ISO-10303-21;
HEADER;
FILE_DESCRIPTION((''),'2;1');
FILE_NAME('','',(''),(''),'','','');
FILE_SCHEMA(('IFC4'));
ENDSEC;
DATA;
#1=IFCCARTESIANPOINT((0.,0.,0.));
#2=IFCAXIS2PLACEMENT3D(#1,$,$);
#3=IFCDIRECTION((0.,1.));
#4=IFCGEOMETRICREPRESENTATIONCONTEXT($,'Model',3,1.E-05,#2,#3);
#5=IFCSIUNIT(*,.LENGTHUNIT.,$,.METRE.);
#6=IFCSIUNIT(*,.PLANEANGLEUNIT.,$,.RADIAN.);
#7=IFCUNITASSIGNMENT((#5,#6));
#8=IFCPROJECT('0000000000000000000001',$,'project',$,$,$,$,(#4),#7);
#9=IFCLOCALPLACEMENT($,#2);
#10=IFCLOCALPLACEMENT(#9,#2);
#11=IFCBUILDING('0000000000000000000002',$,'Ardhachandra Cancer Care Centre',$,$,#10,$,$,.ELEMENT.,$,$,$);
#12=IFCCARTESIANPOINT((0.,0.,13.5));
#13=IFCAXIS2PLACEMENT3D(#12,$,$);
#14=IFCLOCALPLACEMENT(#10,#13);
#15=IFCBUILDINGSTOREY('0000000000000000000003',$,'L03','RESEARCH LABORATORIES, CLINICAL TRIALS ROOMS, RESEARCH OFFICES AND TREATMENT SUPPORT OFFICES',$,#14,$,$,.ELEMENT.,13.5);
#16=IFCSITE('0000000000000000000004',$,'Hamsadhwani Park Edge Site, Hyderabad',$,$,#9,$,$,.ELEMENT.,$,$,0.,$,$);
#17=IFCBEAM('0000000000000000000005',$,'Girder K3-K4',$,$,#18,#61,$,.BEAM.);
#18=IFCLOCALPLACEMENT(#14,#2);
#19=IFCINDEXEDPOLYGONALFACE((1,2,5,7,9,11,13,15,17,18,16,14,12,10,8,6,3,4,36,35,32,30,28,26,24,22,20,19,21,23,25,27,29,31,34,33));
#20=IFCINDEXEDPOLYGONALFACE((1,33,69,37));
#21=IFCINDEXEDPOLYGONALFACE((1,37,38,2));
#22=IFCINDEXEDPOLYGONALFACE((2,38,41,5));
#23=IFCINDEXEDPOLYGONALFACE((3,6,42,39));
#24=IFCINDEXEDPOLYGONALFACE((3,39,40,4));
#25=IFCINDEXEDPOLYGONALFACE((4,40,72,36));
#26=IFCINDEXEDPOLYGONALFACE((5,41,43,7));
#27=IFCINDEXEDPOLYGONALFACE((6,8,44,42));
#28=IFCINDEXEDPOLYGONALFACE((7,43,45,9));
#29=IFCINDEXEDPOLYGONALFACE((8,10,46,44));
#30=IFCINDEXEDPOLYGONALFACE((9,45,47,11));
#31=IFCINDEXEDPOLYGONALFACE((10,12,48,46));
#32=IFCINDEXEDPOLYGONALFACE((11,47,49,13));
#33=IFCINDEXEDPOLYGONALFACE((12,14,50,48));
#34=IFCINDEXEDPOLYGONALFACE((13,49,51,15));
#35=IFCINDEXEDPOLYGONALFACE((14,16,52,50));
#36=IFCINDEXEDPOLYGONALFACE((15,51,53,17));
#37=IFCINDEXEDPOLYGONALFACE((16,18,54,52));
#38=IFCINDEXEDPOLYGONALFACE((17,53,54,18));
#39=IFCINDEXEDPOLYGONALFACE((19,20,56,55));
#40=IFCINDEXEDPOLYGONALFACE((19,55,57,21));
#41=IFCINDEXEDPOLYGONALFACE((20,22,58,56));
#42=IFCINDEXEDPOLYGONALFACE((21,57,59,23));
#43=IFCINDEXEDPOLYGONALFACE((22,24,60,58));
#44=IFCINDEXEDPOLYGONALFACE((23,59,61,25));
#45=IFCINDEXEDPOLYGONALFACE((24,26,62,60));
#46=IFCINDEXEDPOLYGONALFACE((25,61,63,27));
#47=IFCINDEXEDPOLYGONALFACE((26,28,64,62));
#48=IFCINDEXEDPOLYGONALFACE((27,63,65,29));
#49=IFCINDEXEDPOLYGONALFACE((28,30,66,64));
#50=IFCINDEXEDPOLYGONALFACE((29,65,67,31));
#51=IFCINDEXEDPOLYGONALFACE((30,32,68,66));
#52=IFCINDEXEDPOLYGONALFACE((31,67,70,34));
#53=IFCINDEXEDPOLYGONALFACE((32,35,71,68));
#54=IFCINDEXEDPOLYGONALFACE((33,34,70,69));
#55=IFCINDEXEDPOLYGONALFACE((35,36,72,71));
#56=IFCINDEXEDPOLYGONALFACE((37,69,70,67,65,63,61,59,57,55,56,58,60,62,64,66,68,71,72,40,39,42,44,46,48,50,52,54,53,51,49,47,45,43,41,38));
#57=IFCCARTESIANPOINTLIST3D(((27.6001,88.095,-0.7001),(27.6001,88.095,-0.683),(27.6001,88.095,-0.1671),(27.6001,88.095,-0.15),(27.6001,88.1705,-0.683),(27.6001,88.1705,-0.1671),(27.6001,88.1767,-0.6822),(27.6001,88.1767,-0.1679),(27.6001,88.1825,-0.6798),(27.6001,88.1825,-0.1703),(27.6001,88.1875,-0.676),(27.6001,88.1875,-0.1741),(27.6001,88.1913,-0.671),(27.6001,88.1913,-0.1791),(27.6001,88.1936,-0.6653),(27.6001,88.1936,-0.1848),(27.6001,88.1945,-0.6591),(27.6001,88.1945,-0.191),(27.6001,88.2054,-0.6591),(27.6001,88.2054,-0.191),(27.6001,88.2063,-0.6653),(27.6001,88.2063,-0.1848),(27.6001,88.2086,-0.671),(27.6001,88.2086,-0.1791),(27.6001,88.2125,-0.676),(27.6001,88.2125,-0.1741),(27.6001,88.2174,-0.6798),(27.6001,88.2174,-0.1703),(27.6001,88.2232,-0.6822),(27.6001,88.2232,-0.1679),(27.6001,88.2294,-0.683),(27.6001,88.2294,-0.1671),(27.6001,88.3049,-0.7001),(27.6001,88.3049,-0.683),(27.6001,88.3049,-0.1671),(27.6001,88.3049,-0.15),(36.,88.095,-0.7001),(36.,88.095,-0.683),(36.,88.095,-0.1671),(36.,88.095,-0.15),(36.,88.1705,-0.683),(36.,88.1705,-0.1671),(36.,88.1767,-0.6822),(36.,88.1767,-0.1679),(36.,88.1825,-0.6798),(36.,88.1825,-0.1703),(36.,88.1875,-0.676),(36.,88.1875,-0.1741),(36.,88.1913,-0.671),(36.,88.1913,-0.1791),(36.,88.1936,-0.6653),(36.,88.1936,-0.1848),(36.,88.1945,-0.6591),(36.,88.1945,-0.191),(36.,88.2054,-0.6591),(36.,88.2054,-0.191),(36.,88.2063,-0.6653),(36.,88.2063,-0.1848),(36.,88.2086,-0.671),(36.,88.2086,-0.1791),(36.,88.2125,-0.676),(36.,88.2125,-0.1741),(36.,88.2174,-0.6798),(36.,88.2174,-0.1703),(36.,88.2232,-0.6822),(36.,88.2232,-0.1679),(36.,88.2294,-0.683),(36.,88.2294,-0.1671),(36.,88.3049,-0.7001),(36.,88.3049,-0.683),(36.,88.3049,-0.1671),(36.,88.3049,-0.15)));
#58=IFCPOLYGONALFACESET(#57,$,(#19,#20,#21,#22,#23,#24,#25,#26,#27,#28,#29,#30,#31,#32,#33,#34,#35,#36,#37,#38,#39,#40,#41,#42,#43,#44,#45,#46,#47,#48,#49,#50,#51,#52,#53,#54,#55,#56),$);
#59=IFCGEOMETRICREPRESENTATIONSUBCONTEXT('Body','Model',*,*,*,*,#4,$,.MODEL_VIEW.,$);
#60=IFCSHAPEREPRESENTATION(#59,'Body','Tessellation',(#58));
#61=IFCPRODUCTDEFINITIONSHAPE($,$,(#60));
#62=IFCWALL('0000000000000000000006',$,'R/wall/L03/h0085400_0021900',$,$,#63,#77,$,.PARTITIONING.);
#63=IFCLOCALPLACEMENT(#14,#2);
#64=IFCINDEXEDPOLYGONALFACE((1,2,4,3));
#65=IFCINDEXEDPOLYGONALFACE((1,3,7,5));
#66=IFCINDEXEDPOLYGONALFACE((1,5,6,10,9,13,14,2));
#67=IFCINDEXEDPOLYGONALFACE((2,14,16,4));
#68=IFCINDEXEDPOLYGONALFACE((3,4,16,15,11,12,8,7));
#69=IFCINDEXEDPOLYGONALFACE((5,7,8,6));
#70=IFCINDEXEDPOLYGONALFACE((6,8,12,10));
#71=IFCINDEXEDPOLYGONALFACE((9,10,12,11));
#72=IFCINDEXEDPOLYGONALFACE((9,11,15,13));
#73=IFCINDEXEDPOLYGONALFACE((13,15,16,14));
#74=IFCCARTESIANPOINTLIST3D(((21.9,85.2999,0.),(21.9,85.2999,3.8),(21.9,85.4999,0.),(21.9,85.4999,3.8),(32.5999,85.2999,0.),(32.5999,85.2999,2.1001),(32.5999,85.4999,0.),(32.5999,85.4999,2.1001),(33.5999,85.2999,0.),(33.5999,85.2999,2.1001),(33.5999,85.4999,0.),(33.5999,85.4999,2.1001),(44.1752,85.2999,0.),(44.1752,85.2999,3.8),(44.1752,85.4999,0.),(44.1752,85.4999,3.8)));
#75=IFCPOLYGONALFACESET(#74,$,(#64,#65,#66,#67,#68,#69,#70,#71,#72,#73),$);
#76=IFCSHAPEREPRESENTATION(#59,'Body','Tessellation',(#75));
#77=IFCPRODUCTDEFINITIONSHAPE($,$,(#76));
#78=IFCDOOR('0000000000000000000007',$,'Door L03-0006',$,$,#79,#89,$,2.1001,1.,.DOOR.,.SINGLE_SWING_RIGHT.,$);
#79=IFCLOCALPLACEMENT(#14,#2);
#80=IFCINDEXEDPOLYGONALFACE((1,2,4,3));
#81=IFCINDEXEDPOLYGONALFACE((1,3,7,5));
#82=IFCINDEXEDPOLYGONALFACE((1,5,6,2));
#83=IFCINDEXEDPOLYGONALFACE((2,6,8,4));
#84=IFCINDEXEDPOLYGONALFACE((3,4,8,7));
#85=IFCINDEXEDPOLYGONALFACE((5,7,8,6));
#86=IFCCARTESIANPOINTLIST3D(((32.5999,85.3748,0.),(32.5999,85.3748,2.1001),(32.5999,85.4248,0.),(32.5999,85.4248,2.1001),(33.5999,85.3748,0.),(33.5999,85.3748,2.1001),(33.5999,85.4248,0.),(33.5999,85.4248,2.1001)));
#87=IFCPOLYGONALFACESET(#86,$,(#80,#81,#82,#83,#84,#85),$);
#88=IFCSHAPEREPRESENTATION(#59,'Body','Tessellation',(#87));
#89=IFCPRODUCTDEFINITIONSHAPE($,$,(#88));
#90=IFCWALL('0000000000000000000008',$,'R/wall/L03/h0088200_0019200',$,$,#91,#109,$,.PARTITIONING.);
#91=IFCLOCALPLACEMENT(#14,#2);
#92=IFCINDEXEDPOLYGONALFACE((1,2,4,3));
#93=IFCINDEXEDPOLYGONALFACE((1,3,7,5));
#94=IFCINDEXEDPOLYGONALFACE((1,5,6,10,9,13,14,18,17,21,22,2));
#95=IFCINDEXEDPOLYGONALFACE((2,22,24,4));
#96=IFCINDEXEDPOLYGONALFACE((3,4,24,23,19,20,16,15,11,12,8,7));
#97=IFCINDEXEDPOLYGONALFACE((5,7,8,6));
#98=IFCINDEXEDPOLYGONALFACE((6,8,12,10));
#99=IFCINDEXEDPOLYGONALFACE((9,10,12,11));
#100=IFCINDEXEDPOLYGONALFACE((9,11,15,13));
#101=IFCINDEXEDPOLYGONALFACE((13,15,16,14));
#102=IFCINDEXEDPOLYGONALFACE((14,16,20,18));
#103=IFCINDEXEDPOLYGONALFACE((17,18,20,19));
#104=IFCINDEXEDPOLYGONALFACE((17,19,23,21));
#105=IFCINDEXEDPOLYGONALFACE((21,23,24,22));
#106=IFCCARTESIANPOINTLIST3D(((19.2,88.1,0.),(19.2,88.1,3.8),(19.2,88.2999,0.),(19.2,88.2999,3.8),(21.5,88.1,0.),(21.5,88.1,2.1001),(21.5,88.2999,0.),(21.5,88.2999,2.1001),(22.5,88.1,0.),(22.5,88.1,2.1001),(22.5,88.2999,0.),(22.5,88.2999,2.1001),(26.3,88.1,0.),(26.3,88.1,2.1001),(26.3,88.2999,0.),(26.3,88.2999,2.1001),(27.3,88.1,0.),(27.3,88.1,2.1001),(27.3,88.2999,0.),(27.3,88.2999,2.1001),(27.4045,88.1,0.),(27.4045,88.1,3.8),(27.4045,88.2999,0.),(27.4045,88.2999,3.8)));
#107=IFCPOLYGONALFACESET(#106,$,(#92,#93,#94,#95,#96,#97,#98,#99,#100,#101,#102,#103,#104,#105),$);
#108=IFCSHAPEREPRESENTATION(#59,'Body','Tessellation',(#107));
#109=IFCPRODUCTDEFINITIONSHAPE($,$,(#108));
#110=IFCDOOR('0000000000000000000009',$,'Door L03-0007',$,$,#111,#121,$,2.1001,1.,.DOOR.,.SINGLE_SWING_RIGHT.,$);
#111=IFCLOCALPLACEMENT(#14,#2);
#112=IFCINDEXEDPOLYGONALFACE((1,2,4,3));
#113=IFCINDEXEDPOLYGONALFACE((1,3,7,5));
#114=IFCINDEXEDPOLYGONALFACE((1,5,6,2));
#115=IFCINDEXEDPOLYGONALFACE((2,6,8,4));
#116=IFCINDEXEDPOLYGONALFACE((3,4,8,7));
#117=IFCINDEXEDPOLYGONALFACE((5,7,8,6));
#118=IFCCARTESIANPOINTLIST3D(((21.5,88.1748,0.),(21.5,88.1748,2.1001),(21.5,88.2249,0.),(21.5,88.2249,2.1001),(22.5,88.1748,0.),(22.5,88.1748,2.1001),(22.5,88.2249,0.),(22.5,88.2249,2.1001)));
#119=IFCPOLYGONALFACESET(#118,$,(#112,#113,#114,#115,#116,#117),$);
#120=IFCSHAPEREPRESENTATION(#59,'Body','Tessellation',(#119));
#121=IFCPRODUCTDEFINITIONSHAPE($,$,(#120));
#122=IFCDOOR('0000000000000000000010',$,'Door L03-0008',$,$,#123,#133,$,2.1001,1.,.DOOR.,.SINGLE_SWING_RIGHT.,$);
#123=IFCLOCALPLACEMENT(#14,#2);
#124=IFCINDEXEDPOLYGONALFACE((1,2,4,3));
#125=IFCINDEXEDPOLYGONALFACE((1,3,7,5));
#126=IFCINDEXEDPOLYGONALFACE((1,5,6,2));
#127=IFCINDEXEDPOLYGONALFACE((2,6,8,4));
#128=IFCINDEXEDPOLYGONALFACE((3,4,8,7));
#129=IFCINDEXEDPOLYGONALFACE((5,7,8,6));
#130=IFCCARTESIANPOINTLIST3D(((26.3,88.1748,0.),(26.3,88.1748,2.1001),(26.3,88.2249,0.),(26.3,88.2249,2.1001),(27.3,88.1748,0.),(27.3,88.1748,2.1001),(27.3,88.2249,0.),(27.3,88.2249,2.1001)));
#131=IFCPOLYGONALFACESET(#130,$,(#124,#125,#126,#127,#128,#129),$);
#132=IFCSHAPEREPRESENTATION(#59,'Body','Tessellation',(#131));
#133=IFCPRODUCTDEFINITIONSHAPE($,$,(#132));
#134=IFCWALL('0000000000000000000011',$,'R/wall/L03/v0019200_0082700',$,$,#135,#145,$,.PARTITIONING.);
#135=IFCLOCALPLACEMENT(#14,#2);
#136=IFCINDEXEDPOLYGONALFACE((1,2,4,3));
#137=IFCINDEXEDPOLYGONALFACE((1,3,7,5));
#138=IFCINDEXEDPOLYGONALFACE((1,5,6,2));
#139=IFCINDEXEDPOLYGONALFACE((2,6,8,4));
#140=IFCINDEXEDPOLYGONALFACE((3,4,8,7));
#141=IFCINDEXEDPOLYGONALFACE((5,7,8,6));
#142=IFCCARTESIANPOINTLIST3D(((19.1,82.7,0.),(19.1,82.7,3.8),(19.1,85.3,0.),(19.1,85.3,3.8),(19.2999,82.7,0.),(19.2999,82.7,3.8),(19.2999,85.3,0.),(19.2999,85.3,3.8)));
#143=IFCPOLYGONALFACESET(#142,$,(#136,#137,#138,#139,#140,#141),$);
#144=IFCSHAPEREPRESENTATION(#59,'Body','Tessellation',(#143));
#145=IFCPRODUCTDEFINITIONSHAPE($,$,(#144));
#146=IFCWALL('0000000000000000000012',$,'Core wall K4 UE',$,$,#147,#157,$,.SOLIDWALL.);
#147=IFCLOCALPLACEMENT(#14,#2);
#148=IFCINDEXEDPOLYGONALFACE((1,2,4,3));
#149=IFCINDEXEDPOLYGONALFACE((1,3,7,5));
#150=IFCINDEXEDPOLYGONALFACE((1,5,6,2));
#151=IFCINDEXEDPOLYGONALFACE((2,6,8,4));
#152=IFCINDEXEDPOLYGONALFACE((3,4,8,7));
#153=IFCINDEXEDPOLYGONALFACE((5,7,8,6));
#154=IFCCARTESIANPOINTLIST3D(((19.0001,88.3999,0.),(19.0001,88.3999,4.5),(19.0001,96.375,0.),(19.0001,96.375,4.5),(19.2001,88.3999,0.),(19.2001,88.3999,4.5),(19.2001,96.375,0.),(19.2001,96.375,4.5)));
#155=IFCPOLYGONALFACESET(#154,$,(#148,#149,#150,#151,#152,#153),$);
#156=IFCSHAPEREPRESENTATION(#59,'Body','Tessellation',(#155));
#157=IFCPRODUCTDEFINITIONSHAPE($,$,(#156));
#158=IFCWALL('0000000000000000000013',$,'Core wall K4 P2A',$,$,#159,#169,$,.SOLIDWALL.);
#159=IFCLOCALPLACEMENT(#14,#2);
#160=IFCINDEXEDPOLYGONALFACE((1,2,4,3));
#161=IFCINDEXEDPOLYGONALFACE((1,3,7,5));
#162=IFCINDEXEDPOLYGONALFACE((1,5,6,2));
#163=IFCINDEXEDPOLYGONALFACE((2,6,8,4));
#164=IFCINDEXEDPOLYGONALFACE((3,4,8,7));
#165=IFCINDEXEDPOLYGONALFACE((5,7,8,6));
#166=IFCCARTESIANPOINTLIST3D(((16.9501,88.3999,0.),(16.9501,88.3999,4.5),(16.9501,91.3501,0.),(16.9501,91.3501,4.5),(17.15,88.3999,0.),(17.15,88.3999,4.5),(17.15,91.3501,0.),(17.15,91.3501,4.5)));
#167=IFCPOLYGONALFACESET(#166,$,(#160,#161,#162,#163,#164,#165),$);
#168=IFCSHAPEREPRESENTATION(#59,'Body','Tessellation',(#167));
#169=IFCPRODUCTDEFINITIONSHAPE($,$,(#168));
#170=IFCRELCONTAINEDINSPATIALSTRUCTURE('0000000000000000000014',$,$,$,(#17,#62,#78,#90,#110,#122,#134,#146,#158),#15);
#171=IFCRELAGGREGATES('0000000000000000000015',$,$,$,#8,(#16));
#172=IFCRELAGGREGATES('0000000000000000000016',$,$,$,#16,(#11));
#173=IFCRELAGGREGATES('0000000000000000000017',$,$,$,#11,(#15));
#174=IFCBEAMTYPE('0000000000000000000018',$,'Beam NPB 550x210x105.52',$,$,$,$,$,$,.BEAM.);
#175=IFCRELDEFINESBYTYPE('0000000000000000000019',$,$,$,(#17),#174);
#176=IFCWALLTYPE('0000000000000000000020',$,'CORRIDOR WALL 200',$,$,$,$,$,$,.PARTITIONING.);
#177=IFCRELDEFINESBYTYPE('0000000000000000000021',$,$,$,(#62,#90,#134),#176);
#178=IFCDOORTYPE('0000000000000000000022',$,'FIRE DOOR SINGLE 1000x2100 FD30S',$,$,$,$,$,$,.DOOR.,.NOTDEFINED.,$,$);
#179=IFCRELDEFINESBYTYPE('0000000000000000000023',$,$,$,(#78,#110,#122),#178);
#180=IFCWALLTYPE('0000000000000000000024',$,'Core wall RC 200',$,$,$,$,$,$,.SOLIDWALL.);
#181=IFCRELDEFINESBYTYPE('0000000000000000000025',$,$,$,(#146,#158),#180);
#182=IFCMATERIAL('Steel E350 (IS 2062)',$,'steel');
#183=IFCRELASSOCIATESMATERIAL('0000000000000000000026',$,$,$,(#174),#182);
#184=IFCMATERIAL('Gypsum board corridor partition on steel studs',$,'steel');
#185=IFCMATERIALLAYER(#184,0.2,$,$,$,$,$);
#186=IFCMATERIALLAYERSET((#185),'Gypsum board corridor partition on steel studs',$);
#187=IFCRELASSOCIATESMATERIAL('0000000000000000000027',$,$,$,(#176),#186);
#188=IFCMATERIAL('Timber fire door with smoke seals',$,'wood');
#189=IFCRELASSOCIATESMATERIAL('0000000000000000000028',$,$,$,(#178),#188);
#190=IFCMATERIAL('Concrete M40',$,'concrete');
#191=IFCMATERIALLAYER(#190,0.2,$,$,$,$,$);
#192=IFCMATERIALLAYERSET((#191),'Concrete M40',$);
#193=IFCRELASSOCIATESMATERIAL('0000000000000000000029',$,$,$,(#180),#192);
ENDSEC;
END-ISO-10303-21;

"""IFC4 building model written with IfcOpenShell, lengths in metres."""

from ifc_helpers import new_model, si_unit, direction, frame, frame_2d, origin, origin_2d, place, context, subcontext, project, spatial, rectangle, i_section, extrude, material, layer, layer_set, material_profile, profile_set, type_object, element, fill, save


model = new_model("IFC4")

# Units and contexts
model_context = context("Model", 3, precision=1e-05, world=origin(), true_north=direction((0.0, 1.0)))
body_context = subcontext(model_context, "Body", "Model", "MODEL_VIEW")
ifc_project = project(units=[si_unit("LENGTHUNIT", "METRE"), si_unit("PLANEANGLEUNIT", "RADIAN")], contexts=[model_context])

# Site, building, storey
site_placement = place(None, origin())
site = spatial("IfcSite", under=ifc_project, at=site_placement, Name="Hamsadhwani Park Edge Site, Hyderabad", CompositionType="ELEMENT", RefElevation=0.0)
building_placement = place(site_placement, origin())
building = spatial("IfcBuilding", under=site, at=building_placement, Name="Ardhachandra Cancer Care Centre", CompositionType="ELEMENT")
storey_placement = place(building_placement, frame((0.0, 0.0, 13.5)))
storey = spatial("IfcBuildingStorey", under=building, at=storey_placement, Name="L03", Description="RESEARCH LABORATORIES, CLINICAL TRIALS ROOMS, RESEARCH OFFICES AND TREATMENT SUPPORT OFFICES", CompositionType="ELEMENT", Elevation=13.5)

# Beam
ifc_material_1 = material(Name="Steel E350 (IS 2062)", Category="steel")
ifc_material_profile_1 = material_profile(ifc_material_1, i_section(OverallWidth=0.21, OverallDepth=0.55, WebThickness=0.011, FlangeThickness=0.0171, FilletRadius=0.0239, at=origin_2d()), Name="NPB 550x210x105.52")
ifc_profile_set_1 = profile_set([ifc_material_profile_1], Name="Steel E350 (IS 2062)")
beam_type_1 = type_object("IfcBeamType", Name="Beam NPB 550x210x105.52", PredefinedType="BEAM", material=ifc_profile_set_1)
beam_1_placement = place(storey_placement, frame((27.6001, 88.2, -0.425), z_axis=(1.0, 0.0, 0.0), x_axis=(0.0, 1.0, 0.0)))
element("IfcBeam", 1, at=beam_1_placement, inside=storey, type_object=beam_type_1, Name="Girder K3-K4", PredefinedType="BEAM", context=body_context, shape_type="SweptSolid", body=[
    extrude(i_section(OverallWidth=0.21, OverallDepth=0.55, WebThickness=0.011, FlangeThickness=0.0171, FilletRadius=0.0239, at=origin_2d()), origin(), (0.0, 0.0, 1.0), 8.3999),
])

# Wall, opening, door
ifc_material_2 = material(Name="Gypsum board corridor partition on steel studs", Category="steel")
ifc_layer_1 = layer(ifc_material_2, 0.2)
ifc_layer_set_1 = layer_set([ifc_layer_1], Name="Gypsum board corridor partition on steel studs")
wall_type_1 = type_object("IfcWallType", Name="CORRIDOR WALL 200", PredefinedType="PARTITIONING", material=ifc_layer_set_1)
wall_1_placement = place(storey_placement, frame((21.8999, 85.3999, 0.0), z_axis=(0.0, 0.0, 1.0), x_axis=(1.0, 0.0, 0.0)))
wall_1 = element("IfcWall", 2, at=wall_1_placement, inside=storey, type_object=wall_type_1, Name="R/wall/L03/h0085400_0021900", PredefinedType="PARTITIONING", context=body_context, shape_type="SweptSolid", body=[
    extrude(rectangle(XDim=22.2751, YDim=0.2, at=frame_2d((11.1377, 0.0))), origin(), (0.0, 0.0, 1.0), 3.8),
])
opening_1_placement = place(wall_1_placement, frame((10.7, 0.0, 0.0)))
opening_1 = element("IfcOpeningElement", 3, at=opening_1_placement, cuts=wall_1, PredefinedType="OPENING", context=body_context, shape_type="SweptSolid", body=[
    extrude(rectangle(XDim=1.0, YDim=2.1001, at=frame_2d((0.5, 1.05))), frame((0.0, 0.1099, 0.0), z_axis=(0.0, -1.0, 0.0), x_axis=(1.0, 0.0, 0.0)), (0.0, 0.0, 1.0), 0.22),
])
ifc_material_3 = material(Name="Timber fire door with smoke seals", Category="wood")
door_type_1 = type_object("IfcDoorType", Name="FIRE DOOR SINGLE 1000x2100 FD30S", OperationType="NOTDEFINED", PredefinedType="DOOR", material=ifc_material_3)
door_1_placement = place(opening_1_placement, origin())
door_1 = element("IfcDoor", 4, at=door_1_placement, inside=storey, type_object=door_type_1, Name="Door L03-0006", OperationType="SINGLE_SWING_RIGHT", OverallHeight=2.1001, OverallWidth=1.0, PredefinedType="DOOR", context=body_context, shape_type="SweptSolid", body=[
    extrude(rectangle(XDim=1.0, YDim=2.1001, at=frame_2d((0.5, 1.05))), frame((0.0, 0.0249, 0.0), z_axis=(0.0, -1.0, 0.0), x_axis=(1.0, 0.0, 0.0)), (0.0, 0.0, 1.0), 0.05),
])
fill(opening_1, door_1)

# Wall, openings, doors
wall_2_placement = place(storey_placement, frame((19.2, 88.2, 0.0), z_axis=(0.0, 0.0, 1.0), x_axis=(1.0, 0.0, 0.0)))
wall_2 = element("IfcWall", 5, at=wall_2_placement, inside=storey, type_object=wall_type_1, Name="R/wall/L03/h0088200_0019200", PredefinedType="PARTITIONING", context=body_context, shape_type="SweptSolid", body=[
    extrude(rectangle(XDim=8.2046, YDim=0.2, at=frame_2d((4.1023, 0.0))), origin(), (0.0, 0.0, 1.0), 3.8),
])
opening_2_placement = place(wall_2_placement, frame((2.3, 0.0, 0.0)))
opening_2 = element("IfcOpeningElement", 6, at=opening_2_placement, cuts=wall_2, PredefinedType="OPENING", context=body_context, shape_type="SweptSolid", body=[
    extrude(rectangle(XDim=1.0, YDim=2.1001, at=frame_2d((0.5, 1.05))), frame((0.0, 0.1099, 0.0), z_axis=(0.0, -1.0, 0.0), x_axis=(1.0, 0.0, 0.0)), (0.0, 0.0, 1.0), 0.22),
])
opening_3_placement = place(wall_2_placement, frame((7.1001, 0.0, 0.0)))
opening_3 = element("IfcOpeningElement", 7, at=opening_3_placement, cuts=wall_2, PredefinedType="OPENING", context=body_context, shape_type="SweptSolid", body=[
    extrude(rectangle(XDim=1.0, YDim=2.1001, at=frame_2d((0.5, 1.05))), frame((0.0, 0.1099, 0.0), z_axis=(0.0, -1.0, 0.0), x_axis=(1.0, 0.0, 0.0)), (0.0, 0.0, 1.0), 0.22),
])
door_2_placement = place(opening_2_placement, origin())
door_2 = element("IfcDoor", 8, at=door_2_placement, inside=storey, type_object=door_type_1, Name="Door L03-0007", OperationType="SINGLE_SWING_RIGHT", OverallHeight=2.1001, OverallWidth=1.0, PredefinedType="DOOR", context=body_context, shape_type="SweptSolid", body=[
    extrude(rectangle(XDim=1.0, YDim=2.1001, at=frame_2d((0.5, 1.05))), frame((0.0, 0.0249, 0.0), z_axis=(0.0, -1.0, 0.0), x_axis=(1.0, 0.0, 0.0)), (0.0, 0.0, 1.0), 0.05),
])
fill(opening_2, door_2)
door_3_placement = place(opening_3_placement, origin())
door_3 = element("IfcDoor", 9, at=door_3_placement, inside=storey, type_object=door_type_1, Name="Door L03-0008", OperationType="SINGLE_SWING_RIGHT", OverallHeight=2.1001, OverallWidth=1.0, PredefinedType="DOOR", context=body_context, shape_type="SweptSolid", body=[
    extrude(rectangle(XDim=1.0, YDim=2.1001, at=frame_2d((0.5, 1.05))), frame((0.0, 0.0249, 0.0), z_axis=(0.0, -1.0, 0.0), x_axis=(1.0, 0.0, 0.0)), (0.0, 0.0, 1.0), 0.05),
])
fill(opening_3, door_3)

# Walls
wall_3_placement = place(storey_placement, frame((19.2, 82.7, 0.0), z_axis=(0.0, 0.0, 1.0), x_axis=(0.0, 1.0, 0.0)))
element("IfcWall", 10, at=wall_3_placement, inside=storey, type_object=wall_type_1, Name="R/wall/L03/v0019200_0082700", PredefinedType="PARTITIONING", context=body_context, shape_type="SweptSolid", body=[
    extrude(rectangle(XDim=2.6001, YDim=0.2, at=frame_2d((1.3, 0.0))), origin(), (0.0, 0.0, 1.0), 3.8),
])
ifc_material_4 = material(Name="Concrete M40", Category="concrete")
ifc_layer_2 = layer(ifc_material_4, 0.2)
ifc_layer_set_2 = layer_set([ifc_layer_2], Name="Concrete M40")
wall_type_2 = type_object("IfcWallType", Name="Core wall RC 200", PredefinedType="SOLIDWALL", material=ifc_layer_set_2)
wall_4_placement = place(storey_placement, frame((19.1001, 88.3999, 0.0), z_axis=(0.0, 0.0, 1.0), x_axis=(0.0, 1.0, 0.0)))
element("IfcWall", 11, at=wall_4_placement, inside=storey, type_object=wall_type_2, Name="Core wall K4 UE", PredefinedType="SOLIDWALL", context=body_context, shape_type="SweptSolid", body=[
    extrude(rectangle(XDim=7.9751, YDim=0.2, at=frame_2d((3.9875, 0.0))), origin(), (0.0, 0.0, 1.0), 4.5),
])
wall_5_placement = place(storey_placement, frame((17.05, 88.3999, 0.0), z_axis=(0.0, 0.0, 1.0), x_axis=(0.0, 1.0, 0.0)))
element("IfcWall", 12, at=wall_5_placement, inside=storey, type_object=wall_type_2, Name="Core wall K4 P2A", PredefinedType="SOLIDWALL", context=body_context, shape_type="SweptSolid", body=[
    extrude(rectangle(XDim=2.9502, YDim=0.2, at=frame_2d((1.4751, 0.0))), origin(), (0.0, 0.0, 1.0), 4.5),
])

save(model, "model.ifc")
